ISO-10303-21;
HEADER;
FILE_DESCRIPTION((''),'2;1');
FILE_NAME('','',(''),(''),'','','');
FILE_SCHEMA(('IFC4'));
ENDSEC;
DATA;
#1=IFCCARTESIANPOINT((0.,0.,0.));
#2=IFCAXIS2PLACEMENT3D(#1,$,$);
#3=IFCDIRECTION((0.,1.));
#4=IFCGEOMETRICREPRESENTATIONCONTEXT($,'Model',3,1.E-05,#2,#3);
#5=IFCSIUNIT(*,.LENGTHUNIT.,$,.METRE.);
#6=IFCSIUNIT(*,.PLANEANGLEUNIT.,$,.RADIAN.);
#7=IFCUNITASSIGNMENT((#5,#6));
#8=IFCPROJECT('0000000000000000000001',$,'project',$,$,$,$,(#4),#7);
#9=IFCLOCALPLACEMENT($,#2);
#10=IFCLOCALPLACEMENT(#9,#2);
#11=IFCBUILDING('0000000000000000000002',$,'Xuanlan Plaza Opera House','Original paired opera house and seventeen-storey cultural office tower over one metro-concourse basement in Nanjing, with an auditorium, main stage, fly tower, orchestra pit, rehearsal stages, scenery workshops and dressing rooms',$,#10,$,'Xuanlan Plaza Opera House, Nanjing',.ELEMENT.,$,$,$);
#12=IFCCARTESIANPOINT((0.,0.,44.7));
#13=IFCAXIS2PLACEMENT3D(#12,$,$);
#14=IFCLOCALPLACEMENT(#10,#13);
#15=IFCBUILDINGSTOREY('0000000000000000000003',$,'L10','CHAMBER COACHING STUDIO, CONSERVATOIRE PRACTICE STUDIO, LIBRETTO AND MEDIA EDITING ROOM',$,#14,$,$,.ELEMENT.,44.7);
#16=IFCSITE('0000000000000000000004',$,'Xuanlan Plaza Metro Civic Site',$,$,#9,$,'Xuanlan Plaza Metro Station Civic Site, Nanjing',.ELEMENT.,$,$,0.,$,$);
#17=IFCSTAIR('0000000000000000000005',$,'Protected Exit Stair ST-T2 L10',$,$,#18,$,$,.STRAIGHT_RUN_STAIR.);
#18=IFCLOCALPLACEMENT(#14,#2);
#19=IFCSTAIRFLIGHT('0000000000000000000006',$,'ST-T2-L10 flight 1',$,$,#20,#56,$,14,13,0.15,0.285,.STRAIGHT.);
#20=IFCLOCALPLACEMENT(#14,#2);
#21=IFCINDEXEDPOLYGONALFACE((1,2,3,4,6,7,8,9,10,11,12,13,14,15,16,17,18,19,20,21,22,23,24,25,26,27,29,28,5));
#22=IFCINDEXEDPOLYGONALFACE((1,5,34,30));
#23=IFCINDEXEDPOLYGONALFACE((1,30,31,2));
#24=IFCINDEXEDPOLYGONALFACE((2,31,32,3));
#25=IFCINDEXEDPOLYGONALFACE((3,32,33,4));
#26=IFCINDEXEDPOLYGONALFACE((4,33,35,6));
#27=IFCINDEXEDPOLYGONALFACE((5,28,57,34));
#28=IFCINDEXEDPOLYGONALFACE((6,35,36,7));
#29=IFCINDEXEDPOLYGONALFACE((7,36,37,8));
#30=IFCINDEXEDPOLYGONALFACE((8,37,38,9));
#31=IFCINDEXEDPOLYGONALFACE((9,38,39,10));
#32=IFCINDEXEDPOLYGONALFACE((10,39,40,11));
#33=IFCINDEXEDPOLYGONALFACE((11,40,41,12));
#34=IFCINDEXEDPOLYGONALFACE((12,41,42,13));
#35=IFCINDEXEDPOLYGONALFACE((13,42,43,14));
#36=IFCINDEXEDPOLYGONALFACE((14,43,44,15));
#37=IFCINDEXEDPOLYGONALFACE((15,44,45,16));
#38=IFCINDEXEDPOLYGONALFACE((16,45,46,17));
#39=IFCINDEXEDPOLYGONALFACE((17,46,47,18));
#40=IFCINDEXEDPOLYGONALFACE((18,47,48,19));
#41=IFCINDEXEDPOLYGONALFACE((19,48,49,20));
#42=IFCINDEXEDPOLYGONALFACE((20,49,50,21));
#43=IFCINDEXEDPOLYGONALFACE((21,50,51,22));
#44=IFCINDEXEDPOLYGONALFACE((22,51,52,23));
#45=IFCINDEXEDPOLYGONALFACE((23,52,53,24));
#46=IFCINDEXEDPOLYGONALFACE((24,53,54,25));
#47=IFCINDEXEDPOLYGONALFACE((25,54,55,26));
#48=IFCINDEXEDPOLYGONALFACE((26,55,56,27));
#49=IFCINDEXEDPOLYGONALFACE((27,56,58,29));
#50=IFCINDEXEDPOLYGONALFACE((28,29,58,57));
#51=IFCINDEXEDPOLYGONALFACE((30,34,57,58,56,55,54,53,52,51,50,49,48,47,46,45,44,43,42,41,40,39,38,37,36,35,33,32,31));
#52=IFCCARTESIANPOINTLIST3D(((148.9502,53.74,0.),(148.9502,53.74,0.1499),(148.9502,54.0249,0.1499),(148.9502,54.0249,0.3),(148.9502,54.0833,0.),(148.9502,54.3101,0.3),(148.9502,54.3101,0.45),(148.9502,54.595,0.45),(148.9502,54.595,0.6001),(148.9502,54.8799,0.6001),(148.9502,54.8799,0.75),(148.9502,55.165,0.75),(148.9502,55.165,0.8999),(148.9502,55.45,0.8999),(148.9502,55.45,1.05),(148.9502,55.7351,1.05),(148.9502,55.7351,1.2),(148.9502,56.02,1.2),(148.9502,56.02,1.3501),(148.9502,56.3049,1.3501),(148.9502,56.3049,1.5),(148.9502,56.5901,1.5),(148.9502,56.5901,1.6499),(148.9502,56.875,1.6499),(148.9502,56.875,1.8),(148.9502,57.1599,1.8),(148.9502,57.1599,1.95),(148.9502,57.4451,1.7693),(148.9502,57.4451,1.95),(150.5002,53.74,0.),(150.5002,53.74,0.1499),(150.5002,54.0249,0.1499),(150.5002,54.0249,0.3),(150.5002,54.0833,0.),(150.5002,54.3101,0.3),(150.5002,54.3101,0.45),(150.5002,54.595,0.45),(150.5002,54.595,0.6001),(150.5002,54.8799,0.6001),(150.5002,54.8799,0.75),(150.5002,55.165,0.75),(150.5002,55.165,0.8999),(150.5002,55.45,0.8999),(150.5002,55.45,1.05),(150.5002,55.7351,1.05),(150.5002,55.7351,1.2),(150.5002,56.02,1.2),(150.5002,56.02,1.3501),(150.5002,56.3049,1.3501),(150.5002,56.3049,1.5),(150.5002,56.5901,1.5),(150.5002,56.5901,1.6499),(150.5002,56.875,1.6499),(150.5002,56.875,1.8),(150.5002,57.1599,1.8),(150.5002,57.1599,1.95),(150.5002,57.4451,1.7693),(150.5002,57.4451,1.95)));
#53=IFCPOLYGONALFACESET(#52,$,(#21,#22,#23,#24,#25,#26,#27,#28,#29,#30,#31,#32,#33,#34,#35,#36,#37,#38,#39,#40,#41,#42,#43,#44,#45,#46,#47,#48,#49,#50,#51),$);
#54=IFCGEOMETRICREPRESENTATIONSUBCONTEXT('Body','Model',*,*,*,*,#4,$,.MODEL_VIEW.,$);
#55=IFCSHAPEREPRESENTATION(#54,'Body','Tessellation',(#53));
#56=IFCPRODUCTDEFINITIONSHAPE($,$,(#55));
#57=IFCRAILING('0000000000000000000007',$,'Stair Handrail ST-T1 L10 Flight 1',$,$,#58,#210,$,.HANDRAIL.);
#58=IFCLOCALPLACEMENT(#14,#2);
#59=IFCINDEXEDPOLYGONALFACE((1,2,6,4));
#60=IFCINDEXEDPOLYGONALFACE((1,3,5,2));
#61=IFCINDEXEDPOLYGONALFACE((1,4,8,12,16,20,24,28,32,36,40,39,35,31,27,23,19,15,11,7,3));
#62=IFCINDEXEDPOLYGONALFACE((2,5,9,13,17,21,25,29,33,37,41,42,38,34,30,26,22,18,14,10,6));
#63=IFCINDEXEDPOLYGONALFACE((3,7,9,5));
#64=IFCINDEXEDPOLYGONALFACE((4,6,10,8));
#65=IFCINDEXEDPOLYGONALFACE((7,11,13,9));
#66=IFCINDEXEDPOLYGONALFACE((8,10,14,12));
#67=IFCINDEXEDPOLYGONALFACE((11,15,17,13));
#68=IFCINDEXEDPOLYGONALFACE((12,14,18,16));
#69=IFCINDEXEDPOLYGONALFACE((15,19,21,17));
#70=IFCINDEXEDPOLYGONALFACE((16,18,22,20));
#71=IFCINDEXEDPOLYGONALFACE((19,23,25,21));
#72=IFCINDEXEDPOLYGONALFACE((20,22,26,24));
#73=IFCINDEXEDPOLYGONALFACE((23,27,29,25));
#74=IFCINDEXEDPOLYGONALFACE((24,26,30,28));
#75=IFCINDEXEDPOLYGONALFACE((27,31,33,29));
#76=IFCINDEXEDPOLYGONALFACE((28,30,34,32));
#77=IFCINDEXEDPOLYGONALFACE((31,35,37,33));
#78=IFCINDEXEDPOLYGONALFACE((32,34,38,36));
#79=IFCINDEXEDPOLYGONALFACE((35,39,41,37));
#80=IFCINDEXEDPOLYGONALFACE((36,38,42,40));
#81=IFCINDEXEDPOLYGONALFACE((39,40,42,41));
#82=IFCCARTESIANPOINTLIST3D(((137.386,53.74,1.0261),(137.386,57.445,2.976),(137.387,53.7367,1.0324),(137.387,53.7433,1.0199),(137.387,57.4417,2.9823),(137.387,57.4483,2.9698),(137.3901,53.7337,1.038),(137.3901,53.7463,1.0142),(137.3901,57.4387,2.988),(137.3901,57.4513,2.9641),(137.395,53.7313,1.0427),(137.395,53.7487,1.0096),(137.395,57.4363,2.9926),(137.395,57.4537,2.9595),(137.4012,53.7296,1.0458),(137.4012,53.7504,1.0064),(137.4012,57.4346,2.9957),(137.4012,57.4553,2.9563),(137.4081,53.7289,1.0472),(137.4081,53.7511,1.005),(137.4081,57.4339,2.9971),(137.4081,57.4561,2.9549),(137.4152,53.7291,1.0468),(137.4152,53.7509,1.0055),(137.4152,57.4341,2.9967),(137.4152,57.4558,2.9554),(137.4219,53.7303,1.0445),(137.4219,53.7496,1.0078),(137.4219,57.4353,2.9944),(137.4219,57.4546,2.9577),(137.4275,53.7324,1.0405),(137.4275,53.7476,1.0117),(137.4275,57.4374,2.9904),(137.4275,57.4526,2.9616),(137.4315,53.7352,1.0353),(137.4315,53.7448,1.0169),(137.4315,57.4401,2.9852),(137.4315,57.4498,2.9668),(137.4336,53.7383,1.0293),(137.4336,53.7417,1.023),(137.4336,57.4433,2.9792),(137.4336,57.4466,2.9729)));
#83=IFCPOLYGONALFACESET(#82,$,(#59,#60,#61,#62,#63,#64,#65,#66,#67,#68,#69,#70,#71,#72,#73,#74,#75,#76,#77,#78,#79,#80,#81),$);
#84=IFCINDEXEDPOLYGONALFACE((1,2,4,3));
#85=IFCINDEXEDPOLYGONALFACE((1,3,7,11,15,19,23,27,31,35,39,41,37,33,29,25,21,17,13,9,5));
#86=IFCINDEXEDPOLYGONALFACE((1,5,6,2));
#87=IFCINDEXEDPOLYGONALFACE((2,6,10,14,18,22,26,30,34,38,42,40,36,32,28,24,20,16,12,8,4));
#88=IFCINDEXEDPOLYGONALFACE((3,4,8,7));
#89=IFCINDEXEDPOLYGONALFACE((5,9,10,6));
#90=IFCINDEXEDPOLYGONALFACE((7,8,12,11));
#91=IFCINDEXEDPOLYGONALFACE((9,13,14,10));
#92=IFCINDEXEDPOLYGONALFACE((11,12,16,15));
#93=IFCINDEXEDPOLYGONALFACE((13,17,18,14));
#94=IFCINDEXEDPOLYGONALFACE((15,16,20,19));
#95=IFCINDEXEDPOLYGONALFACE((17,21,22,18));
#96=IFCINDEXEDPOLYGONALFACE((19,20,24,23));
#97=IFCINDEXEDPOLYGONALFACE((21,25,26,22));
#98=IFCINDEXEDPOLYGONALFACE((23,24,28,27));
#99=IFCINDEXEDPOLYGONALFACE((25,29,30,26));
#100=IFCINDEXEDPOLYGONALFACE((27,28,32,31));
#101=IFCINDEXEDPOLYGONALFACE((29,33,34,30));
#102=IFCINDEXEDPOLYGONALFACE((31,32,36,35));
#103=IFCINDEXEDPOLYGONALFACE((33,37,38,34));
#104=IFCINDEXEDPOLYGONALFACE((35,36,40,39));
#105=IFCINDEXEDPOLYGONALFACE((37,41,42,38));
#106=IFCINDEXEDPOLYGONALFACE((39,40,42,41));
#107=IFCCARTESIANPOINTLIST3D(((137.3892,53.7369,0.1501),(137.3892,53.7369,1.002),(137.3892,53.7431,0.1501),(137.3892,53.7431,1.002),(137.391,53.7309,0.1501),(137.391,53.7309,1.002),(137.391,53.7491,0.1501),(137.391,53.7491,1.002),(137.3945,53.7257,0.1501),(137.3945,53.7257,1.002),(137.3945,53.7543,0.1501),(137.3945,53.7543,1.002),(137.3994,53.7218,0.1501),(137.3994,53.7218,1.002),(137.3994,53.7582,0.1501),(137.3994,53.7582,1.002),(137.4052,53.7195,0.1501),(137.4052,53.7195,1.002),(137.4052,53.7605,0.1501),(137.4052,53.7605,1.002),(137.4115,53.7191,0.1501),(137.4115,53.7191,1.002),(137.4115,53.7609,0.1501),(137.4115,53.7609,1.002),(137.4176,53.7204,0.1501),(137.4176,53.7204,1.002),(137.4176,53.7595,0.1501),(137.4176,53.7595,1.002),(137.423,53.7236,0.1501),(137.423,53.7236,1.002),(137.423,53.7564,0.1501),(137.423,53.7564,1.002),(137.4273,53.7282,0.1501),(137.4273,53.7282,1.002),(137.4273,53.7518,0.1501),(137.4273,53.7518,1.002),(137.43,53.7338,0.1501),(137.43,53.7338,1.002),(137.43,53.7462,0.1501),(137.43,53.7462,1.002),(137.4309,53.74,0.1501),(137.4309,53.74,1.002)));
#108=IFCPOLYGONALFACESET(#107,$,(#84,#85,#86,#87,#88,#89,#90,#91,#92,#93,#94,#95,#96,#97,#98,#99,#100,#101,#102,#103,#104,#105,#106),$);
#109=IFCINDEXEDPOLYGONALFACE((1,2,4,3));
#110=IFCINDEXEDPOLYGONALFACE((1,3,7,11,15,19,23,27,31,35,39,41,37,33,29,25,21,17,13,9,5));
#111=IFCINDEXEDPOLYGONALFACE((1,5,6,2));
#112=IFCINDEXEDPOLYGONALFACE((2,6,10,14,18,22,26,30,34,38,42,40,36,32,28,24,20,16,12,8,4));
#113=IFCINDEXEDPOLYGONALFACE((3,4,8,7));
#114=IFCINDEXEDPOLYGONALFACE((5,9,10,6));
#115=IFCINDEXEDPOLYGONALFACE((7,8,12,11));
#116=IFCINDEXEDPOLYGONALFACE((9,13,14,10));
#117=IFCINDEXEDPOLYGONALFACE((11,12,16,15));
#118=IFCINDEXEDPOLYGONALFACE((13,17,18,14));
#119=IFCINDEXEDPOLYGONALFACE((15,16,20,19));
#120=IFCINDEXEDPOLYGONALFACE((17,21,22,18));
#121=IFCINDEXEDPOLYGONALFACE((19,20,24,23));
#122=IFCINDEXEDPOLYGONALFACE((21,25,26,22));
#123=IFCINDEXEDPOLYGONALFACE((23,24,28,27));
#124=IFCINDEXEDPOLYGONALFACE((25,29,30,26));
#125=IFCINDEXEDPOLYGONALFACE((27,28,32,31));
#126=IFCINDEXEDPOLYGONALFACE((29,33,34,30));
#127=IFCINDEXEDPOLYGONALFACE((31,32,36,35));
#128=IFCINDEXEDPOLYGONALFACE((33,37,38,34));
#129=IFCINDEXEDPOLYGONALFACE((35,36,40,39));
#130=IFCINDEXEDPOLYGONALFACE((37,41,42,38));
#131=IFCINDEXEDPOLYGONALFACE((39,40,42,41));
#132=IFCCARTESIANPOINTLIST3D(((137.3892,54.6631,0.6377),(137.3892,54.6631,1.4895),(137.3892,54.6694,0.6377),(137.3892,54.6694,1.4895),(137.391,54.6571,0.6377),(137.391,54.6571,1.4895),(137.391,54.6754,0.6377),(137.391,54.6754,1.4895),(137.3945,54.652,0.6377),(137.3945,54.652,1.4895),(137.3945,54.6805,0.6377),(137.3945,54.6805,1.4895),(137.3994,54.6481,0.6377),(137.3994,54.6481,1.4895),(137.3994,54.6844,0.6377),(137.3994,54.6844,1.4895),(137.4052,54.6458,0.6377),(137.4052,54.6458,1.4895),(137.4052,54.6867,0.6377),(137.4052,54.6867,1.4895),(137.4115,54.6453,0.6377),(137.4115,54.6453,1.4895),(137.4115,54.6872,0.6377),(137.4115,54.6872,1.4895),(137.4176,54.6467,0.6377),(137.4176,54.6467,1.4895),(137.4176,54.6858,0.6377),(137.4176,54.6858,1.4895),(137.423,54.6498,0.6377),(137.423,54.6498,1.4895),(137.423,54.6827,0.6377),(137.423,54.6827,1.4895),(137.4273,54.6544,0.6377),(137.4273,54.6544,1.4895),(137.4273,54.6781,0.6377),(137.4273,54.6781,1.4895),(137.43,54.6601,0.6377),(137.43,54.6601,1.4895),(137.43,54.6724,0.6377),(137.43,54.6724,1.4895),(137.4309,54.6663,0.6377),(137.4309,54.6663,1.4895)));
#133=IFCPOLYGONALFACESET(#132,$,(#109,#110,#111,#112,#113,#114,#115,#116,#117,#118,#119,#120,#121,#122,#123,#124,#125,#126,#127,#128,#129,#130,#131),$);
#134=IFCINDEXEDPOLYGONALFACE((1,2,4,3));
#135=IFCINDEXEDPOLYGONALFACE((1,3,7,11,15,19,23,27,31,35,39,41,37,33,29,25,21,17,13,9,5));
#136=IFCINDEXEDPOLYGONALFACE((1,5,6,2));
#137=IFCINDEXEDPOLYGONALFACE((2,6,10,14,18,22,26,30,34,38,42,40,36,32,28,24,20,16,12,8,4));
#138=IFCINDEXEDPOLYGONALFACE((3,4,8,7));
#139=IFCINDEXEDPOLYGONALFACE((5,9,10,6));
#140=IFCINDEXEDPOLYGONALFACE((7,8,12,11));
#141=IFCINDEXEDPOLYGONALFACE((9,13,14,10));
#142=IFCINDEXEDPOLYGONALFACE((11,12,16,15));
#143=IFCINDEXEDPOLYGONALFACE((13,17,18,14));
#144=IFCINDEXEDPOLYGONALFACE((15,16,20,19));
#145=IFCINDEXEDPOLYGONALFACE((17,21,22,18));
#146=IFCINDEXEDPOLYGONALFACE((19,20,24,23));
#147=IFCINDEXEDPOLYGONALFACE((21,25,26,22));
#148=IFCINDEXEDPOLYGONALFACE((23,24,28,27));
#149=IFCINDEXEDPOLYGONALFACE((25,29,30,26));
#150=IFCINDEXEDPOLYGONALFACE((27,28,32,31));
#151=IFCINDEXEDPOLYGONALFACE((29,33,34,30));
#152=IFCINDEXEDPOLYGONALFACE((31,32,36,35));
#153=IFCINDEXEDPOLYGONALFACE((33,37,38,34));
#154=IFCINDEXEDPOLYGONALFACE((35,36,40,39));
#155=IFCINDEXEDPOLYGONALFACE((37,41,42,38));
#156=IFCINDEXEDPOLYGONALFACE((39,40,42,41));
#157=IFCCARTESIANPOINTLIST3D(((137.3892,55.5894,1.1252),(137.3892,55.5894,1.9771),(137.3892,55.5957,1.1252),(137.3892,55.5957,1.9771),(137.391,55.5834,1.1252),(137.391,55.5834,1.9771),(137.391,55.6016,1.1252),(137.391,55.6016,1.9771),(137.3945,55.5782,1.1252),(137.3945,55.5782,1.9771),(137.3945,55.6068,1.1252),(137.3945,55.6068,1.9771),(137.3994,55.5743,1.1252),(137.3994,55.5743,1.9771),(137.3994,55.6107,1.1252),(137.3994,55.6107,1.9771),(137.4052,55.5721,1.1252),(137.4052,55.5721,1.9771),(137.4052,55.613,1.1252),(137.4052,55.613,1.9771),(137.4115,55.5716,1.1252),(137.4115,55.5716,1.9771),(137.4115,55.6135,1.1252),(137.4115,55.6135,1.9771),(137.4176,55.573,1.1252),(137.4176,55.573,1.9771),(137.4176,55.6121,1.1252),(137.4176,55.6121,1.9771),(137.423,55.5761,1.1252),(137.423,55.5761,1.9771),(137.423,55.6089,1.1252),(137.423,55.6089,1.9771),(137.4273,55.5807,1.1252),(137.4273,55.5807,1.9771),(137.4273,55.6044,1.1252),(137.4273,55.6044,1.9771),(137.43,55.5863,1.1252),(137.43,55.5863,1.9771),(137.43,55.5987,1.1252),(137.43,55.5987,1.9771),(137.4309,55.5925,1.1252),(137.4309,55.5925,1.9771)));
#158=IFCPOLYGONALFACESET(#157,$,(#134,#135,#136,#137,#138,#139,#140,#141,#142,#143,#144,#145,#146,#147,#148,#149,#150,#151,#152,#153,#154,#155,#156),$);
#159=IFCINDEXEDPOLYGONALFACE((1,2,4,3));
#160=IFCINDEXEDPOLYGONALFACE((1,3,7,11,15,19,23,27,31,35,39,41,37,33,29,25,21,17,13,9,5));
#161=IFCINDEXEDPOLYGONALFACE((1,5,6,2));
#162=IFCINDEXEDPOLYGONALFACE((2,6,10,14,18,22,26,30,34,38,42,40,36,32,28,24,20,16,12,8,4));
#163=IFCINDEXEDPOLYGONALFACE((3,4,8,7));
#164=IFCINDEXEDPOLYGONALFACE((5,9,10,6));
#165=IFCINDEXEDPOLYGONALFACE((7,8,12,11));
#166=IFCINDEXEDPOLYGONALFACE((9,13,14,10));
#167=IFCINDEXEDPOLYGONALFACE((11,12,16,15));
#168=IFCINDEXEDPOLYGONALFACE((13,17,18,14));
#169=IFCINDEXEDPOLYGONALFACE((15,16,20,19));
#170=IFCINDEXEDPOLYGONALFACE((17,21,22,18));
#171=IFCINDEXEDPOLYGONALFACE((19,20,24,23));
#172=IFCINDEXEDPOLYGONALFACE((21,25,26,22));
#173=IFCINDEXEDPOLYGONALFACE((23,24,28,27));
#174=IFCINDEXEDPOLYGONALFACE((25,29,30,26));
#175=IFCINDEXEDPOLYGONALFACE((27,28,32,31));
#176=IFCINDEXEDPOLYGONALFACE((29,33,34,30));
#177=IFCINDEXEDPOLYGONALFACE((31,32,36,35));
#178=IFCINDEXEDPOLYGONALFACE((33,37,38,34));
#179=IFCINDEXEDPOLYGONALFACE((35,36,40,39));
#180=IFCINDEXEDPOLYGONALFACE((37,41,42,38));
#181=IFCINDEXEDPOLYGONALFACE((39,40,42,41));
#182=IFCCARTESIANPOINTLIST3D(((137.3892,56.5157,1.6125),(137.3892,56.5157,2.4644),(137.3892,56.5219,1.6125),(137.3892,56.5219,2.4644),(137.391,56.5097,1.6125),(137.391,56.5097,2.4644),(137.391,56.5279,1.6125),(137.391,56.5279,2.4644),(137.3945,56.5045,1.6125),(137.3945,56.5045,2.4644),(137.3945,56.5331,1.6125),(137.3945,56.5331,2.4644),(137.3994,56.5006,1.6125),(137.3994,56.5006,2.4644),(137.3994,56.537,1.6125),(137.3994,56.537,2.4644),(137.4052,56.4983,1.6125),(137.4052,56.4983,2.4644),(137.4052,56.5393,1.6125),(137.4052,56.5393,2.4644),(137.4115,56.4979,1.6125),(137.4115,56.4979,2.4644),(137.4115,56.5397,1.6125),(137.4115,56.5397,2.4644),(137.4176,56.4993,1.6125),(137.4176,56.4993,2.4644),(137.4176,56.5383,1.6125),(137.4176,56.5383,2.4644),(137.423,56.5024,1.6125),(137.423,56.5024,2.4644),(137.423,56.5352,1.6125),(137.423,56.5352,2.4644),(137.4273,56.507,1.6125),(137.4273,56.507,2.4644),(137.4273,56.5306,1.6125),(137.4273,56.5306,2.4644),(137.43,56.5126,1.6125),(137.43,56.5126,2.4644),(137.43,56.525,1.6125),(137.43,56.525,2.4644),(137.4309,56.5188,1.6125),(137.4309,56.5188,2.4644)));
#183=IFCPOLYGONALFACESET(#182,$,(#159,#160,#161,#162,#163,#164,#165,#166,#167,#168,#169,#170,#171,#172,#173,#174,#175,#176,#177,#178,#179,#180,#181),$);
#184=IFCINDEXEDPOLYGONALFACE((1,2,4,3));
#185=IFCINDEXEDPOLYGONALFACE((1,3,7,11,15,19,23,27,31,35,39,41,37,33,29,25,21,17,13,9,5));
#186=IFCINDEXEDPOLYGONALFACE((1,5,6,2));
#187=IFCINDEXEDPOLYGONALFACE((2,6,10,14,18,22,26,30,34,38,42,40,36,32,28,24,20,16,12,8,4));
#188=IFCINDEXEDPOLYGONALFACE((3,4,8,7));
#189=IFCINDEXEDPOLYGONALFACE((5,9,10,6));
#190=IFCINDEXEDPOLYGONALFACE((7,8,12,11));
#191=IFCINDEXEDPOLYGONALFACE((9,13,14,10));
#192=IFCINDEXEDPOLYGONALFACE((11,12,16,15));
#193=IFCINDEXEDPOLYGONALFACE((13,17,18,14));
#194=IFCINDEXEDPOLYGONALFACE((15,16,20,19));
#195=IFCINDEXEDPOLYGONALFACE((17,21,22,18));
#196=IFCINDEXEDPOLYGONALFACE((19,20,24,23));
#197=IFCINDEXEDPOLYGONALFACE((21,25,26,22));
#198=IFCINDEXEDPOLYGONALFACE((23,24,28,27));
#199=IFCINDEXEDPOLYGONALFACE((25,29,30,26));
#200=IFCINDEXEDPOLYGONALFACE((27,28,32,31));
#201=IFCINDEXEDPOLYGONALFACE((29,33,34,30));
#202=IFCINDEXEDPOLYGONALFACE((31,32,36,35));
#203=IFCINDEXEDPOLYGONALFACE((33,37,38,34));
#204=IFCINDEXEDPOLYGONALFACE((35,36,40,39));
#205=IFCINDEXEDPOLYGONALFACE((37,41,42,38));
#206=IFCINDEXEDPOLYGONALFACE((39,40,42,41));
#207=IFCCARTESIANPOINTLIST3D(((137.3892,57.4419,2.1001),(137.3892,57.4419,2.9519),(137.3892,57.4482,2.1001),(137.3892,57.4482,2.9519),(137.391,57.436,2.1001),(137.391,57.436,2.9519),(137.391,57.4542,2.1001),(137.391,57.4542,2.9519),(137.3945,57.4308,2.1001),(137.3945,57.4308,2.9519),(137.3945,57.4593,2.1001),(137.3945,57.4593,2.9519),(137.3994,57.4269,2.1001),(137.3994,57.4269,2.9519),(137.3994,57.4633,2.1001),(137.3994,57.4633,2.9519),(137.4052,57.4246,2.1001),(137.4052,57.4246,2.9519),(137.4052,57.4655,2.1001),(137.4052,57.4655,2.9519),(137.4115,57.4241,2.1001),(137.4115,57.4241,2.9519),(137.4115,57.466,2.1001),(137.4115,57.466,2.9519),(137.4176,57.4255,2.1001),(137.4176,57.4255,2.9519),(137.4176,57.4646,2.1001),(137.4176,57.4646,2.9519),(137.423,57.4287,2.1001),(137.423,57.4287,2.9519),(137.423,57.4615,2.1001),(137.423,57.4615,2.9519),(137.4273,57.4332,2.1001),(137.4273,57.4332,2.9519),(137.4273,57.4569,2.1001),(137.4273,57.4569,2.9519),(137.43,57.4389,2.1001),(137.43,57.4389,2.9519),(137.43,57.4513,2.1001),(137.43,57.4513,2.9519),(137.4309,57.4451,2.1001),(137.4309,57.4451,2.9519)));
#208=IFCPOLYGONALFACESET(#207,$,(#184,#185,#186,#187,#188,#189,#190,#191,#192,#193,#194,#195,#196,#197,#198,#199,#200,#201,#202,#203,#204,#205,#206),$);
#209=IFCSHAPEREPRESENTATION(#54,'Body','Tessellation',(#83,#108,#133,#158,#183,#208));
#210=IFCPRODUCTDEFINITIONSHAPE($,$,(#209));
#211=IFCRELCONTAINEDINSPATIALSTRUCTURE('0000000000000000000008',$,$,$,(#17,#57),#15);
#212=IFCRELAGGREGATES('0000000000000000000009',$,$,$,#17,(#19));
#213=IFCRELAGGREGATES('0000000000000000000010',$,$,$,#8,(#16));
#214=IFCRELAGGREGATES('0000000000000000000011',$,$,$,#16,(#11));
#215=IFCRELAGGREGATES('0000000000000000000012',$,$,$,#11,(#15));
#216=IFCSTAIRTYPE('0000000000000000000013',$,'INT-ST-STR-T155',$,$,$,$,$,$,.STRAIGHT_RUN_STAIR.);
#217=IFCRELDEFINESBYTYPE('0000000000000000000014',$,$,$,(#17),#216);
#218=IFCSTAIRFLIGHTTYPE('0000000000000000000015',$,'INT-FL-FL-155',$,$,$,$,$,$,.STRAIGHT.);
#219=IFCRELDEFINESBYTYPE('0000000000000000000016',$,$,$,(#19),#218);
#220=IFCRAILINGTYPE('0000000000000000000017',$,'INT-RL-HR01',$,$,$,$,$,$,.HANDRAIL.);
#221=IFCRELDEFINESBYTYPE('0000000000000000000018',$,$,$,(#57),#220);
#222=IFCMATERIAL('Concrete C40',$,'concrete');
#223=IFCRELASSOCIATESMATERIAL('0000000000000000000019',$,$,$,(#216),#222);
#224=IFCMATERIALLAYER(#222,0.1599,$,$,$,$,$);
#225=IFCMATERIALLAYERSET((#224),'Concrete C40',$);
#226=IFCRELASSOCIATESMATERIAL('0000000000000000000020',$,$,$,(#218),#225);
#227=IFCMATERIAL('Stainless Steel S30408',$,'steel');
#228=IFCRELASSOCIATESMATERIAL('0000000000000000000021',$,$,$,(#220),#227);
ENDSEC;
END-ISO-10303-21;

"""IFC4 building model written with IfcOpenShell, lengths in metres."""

from ifc_helpers import new_model, si_unit, direction, frame, origin, origin_2d, place, context, subcontext, project, spatial, polyline, circle, outline, extrude, material, layer, layer_set, type_object, element, aggregate, save


model = new_model("IFC4")

# Units and contexts
model_context = context("Model", 3, precision=1e-05, world=origin(), true_north=direction((0.0, 1.0)))
body_context = subcontext(model_context, "Body", "Model", "MODEL_VIEW")
ifc_project = project(units=[si_unit("LENGTHUNIT", "METRE"), si_unit("PLANEANGLEUNIT", "RADIAN")], contexts=[model_context])

# Site, building, storey
site_placement = place(None, origin())
site = spatial("IfcSite", under=ifc_project, at=site_placement, Name="Xuanlan Plaza Metro Civic Site", LongName="Xuanlan Plaza Metro Station Civic Site, Nanjing", CompositionType="ELEMENT", RefElevation=0.0)
building_placement = place(site_placement, origin())
building = spatial("IfcBuilding", under=site, at=building_placement, Name="Xuanlan Plaza Opera House", Description="Original paired opera house and seventeen-storey cultural office tower over one metro-concourse basement in Nanjing, with an auditorium, main stage, fly tower, orchestra pit, rehearsal stages, scenery workshops and dressing rooms", LongName="Xuanlan Plaza Opera House, Nanjing", CompositionType="ELEMENT")
storey_placement = place(building_placement, frame((0.0, 0.0, 44.7)))
storey = spatial("IfcBuildingStorey", under=building, at=storey_placement, Name="L10", Description="CHAMBER COACHING STUDIO, CONSERVATOIRE PRACTICE STUDIO, LIBRETTO AND MEDIA EDITING ROOM", CompositionType="ELEMENT", Elevation=44.7)

# Shared definitions
ifc_material_1 = material(Name="Concrete C40", Category="concrete")

# Shared definitions
ifc_material_2 = material(Name="Stainless Steel S30408", Category="steel")

# Stair, stair flight
stair_type = type_object("IfcStairType", Name="INT-ST-STR-T155", PredefinedType="STRAIGHT_RUN_STAIR", material=ifc_material_1)
ifc_layer_1 = layer(ifc_material_1, 0.1599)
ifc_layer_set_1 = layer_set([ifc_layer_1], Name="Concrete C40")
stair_flight_type = type_object("IfcStairFlightType", Name="INT-FL-FL-155", PredefinedType="STRAIGHT", material=ifc_layer_set_1)
stair_1_placement = place(storey_placement, origin())
stair_1 = element("IfcStair", 1, at=stair_1_placement, inside=storey, type_object=stair_type, Name="Protected Exit Stair ST-T2 L10", PredefinedType="STRAIGHT_RUN_STAIR")
stair_flight_1_placement = place(storey_placement, frame((149.7251, 53.74, 0.0), z_axis=(0.0, 0.0, 1.0), x_axis=(0.0, 1.0, 0.0)))
stair_flight_1 = element("IfcStairFlight", 2, at=stair_flight_1_placement, type_object=stair_flight_type, Name="ST-T2-L10 flight 1", NumberOfRisers=14, NumberOfTreads=13, PredefinedType="STRAIGHT", RiserHeight=0.15, TreadLength=0.285, context=body_context, shape_type="SweptSolid", body=[
    extrude(outline(polyline([(0.0, 0.0), (0.0, 0.1499), (0.2849, 0.1499), (0.2849, 0.3), (0.5701, 0.3), (0.5701, 0.45), (0.855, 0.45), (0.855, 0.6001), (1.1399, 0.6001), (1.1399, 0.75), (1.425, 0.75), (1.425, 0.8999), (1.71, 0.8999), (1.71, 1.05), (1.9951, 1.05), (1.9951, 1.2), (2.28, 1.2), (2.28, 1.3501), (2.5649, 1.3501), (2.5649, 1.5), (2.8501, 1.5), (2.8501, 1.6499), (3.135, 1.6499), (3.135, 1.8), (3.4199, 1.8), (3.4199, 1.95), (3.7051, 1.95), (3.7051, 2.1001), (3.7051, 1.7693), (0.3433, 0.0), (0.0, 0.0)])), frame((0.0, 0.7749, 0.0), z_axis=(0.0, -1.0, 0.0), x_axis=(1.0, 0.0, 0.0)), (0.0, 0.0, 1.0), 1.55),
])
aggregate(stair_1, [stair_flight_1])

# Railing
railing_type = type_object("IfcRailingType", Name="INT-RL-HR01", PredefinedType="HANDRAIL", material=ifc_material_2)
for number, where, name in (
    (3, (137.4099, 53.74, 0.1501), "Stair Handrail ST-T1 L10 Flight 1"),
):
    element("IfcRailing", number, at=place(storey_placement, frame(where)), inside=storey, type_object=railing_type, Name=name, PredefinedType="HANDRAIL", context=body_context, shape_type="SweptSolid", body=[
        extrude(circle(Radius=0.0239, at=origin_2d()), frame((0.0, 0.0, 0.876), z_axis=(0.0, 0.884927, 0.46573), x_axis=(-1.0, 0.0, 0.0)), (0.0, 0.0, 1.0), 4.1868),
        extrude(circle(Radius=0.021, at=origin_2d()), origin(), (0.0, 0.0, 1.0), 0.8518),
        extrude(circle(Radius=0.021, at=origin_2d()), frame((0.0, 0.9263, 0.4875)), (0.0, 0.0, 1.0), 0.8518),
        extrude(circle(Radius=0.021, at=origin_2d()), frame((0.0, 1.8525, 0.9751)), (0.0, 0.0, 1.0), 0.8518),
        extrude(circle(Radius=0.021, at=origin_2d()), frame((0.0, 2.7788, 1.4624)), (0.0, 0.0, 1.0), 0.8518),
        extrude(circle(Radius=0.021, at=origin_2d()), frame((0.0, 3.7051, 1.95)), (0.0, 0.0, 1.0), 0.8518),
    ])

save(model, "model.ifc")
